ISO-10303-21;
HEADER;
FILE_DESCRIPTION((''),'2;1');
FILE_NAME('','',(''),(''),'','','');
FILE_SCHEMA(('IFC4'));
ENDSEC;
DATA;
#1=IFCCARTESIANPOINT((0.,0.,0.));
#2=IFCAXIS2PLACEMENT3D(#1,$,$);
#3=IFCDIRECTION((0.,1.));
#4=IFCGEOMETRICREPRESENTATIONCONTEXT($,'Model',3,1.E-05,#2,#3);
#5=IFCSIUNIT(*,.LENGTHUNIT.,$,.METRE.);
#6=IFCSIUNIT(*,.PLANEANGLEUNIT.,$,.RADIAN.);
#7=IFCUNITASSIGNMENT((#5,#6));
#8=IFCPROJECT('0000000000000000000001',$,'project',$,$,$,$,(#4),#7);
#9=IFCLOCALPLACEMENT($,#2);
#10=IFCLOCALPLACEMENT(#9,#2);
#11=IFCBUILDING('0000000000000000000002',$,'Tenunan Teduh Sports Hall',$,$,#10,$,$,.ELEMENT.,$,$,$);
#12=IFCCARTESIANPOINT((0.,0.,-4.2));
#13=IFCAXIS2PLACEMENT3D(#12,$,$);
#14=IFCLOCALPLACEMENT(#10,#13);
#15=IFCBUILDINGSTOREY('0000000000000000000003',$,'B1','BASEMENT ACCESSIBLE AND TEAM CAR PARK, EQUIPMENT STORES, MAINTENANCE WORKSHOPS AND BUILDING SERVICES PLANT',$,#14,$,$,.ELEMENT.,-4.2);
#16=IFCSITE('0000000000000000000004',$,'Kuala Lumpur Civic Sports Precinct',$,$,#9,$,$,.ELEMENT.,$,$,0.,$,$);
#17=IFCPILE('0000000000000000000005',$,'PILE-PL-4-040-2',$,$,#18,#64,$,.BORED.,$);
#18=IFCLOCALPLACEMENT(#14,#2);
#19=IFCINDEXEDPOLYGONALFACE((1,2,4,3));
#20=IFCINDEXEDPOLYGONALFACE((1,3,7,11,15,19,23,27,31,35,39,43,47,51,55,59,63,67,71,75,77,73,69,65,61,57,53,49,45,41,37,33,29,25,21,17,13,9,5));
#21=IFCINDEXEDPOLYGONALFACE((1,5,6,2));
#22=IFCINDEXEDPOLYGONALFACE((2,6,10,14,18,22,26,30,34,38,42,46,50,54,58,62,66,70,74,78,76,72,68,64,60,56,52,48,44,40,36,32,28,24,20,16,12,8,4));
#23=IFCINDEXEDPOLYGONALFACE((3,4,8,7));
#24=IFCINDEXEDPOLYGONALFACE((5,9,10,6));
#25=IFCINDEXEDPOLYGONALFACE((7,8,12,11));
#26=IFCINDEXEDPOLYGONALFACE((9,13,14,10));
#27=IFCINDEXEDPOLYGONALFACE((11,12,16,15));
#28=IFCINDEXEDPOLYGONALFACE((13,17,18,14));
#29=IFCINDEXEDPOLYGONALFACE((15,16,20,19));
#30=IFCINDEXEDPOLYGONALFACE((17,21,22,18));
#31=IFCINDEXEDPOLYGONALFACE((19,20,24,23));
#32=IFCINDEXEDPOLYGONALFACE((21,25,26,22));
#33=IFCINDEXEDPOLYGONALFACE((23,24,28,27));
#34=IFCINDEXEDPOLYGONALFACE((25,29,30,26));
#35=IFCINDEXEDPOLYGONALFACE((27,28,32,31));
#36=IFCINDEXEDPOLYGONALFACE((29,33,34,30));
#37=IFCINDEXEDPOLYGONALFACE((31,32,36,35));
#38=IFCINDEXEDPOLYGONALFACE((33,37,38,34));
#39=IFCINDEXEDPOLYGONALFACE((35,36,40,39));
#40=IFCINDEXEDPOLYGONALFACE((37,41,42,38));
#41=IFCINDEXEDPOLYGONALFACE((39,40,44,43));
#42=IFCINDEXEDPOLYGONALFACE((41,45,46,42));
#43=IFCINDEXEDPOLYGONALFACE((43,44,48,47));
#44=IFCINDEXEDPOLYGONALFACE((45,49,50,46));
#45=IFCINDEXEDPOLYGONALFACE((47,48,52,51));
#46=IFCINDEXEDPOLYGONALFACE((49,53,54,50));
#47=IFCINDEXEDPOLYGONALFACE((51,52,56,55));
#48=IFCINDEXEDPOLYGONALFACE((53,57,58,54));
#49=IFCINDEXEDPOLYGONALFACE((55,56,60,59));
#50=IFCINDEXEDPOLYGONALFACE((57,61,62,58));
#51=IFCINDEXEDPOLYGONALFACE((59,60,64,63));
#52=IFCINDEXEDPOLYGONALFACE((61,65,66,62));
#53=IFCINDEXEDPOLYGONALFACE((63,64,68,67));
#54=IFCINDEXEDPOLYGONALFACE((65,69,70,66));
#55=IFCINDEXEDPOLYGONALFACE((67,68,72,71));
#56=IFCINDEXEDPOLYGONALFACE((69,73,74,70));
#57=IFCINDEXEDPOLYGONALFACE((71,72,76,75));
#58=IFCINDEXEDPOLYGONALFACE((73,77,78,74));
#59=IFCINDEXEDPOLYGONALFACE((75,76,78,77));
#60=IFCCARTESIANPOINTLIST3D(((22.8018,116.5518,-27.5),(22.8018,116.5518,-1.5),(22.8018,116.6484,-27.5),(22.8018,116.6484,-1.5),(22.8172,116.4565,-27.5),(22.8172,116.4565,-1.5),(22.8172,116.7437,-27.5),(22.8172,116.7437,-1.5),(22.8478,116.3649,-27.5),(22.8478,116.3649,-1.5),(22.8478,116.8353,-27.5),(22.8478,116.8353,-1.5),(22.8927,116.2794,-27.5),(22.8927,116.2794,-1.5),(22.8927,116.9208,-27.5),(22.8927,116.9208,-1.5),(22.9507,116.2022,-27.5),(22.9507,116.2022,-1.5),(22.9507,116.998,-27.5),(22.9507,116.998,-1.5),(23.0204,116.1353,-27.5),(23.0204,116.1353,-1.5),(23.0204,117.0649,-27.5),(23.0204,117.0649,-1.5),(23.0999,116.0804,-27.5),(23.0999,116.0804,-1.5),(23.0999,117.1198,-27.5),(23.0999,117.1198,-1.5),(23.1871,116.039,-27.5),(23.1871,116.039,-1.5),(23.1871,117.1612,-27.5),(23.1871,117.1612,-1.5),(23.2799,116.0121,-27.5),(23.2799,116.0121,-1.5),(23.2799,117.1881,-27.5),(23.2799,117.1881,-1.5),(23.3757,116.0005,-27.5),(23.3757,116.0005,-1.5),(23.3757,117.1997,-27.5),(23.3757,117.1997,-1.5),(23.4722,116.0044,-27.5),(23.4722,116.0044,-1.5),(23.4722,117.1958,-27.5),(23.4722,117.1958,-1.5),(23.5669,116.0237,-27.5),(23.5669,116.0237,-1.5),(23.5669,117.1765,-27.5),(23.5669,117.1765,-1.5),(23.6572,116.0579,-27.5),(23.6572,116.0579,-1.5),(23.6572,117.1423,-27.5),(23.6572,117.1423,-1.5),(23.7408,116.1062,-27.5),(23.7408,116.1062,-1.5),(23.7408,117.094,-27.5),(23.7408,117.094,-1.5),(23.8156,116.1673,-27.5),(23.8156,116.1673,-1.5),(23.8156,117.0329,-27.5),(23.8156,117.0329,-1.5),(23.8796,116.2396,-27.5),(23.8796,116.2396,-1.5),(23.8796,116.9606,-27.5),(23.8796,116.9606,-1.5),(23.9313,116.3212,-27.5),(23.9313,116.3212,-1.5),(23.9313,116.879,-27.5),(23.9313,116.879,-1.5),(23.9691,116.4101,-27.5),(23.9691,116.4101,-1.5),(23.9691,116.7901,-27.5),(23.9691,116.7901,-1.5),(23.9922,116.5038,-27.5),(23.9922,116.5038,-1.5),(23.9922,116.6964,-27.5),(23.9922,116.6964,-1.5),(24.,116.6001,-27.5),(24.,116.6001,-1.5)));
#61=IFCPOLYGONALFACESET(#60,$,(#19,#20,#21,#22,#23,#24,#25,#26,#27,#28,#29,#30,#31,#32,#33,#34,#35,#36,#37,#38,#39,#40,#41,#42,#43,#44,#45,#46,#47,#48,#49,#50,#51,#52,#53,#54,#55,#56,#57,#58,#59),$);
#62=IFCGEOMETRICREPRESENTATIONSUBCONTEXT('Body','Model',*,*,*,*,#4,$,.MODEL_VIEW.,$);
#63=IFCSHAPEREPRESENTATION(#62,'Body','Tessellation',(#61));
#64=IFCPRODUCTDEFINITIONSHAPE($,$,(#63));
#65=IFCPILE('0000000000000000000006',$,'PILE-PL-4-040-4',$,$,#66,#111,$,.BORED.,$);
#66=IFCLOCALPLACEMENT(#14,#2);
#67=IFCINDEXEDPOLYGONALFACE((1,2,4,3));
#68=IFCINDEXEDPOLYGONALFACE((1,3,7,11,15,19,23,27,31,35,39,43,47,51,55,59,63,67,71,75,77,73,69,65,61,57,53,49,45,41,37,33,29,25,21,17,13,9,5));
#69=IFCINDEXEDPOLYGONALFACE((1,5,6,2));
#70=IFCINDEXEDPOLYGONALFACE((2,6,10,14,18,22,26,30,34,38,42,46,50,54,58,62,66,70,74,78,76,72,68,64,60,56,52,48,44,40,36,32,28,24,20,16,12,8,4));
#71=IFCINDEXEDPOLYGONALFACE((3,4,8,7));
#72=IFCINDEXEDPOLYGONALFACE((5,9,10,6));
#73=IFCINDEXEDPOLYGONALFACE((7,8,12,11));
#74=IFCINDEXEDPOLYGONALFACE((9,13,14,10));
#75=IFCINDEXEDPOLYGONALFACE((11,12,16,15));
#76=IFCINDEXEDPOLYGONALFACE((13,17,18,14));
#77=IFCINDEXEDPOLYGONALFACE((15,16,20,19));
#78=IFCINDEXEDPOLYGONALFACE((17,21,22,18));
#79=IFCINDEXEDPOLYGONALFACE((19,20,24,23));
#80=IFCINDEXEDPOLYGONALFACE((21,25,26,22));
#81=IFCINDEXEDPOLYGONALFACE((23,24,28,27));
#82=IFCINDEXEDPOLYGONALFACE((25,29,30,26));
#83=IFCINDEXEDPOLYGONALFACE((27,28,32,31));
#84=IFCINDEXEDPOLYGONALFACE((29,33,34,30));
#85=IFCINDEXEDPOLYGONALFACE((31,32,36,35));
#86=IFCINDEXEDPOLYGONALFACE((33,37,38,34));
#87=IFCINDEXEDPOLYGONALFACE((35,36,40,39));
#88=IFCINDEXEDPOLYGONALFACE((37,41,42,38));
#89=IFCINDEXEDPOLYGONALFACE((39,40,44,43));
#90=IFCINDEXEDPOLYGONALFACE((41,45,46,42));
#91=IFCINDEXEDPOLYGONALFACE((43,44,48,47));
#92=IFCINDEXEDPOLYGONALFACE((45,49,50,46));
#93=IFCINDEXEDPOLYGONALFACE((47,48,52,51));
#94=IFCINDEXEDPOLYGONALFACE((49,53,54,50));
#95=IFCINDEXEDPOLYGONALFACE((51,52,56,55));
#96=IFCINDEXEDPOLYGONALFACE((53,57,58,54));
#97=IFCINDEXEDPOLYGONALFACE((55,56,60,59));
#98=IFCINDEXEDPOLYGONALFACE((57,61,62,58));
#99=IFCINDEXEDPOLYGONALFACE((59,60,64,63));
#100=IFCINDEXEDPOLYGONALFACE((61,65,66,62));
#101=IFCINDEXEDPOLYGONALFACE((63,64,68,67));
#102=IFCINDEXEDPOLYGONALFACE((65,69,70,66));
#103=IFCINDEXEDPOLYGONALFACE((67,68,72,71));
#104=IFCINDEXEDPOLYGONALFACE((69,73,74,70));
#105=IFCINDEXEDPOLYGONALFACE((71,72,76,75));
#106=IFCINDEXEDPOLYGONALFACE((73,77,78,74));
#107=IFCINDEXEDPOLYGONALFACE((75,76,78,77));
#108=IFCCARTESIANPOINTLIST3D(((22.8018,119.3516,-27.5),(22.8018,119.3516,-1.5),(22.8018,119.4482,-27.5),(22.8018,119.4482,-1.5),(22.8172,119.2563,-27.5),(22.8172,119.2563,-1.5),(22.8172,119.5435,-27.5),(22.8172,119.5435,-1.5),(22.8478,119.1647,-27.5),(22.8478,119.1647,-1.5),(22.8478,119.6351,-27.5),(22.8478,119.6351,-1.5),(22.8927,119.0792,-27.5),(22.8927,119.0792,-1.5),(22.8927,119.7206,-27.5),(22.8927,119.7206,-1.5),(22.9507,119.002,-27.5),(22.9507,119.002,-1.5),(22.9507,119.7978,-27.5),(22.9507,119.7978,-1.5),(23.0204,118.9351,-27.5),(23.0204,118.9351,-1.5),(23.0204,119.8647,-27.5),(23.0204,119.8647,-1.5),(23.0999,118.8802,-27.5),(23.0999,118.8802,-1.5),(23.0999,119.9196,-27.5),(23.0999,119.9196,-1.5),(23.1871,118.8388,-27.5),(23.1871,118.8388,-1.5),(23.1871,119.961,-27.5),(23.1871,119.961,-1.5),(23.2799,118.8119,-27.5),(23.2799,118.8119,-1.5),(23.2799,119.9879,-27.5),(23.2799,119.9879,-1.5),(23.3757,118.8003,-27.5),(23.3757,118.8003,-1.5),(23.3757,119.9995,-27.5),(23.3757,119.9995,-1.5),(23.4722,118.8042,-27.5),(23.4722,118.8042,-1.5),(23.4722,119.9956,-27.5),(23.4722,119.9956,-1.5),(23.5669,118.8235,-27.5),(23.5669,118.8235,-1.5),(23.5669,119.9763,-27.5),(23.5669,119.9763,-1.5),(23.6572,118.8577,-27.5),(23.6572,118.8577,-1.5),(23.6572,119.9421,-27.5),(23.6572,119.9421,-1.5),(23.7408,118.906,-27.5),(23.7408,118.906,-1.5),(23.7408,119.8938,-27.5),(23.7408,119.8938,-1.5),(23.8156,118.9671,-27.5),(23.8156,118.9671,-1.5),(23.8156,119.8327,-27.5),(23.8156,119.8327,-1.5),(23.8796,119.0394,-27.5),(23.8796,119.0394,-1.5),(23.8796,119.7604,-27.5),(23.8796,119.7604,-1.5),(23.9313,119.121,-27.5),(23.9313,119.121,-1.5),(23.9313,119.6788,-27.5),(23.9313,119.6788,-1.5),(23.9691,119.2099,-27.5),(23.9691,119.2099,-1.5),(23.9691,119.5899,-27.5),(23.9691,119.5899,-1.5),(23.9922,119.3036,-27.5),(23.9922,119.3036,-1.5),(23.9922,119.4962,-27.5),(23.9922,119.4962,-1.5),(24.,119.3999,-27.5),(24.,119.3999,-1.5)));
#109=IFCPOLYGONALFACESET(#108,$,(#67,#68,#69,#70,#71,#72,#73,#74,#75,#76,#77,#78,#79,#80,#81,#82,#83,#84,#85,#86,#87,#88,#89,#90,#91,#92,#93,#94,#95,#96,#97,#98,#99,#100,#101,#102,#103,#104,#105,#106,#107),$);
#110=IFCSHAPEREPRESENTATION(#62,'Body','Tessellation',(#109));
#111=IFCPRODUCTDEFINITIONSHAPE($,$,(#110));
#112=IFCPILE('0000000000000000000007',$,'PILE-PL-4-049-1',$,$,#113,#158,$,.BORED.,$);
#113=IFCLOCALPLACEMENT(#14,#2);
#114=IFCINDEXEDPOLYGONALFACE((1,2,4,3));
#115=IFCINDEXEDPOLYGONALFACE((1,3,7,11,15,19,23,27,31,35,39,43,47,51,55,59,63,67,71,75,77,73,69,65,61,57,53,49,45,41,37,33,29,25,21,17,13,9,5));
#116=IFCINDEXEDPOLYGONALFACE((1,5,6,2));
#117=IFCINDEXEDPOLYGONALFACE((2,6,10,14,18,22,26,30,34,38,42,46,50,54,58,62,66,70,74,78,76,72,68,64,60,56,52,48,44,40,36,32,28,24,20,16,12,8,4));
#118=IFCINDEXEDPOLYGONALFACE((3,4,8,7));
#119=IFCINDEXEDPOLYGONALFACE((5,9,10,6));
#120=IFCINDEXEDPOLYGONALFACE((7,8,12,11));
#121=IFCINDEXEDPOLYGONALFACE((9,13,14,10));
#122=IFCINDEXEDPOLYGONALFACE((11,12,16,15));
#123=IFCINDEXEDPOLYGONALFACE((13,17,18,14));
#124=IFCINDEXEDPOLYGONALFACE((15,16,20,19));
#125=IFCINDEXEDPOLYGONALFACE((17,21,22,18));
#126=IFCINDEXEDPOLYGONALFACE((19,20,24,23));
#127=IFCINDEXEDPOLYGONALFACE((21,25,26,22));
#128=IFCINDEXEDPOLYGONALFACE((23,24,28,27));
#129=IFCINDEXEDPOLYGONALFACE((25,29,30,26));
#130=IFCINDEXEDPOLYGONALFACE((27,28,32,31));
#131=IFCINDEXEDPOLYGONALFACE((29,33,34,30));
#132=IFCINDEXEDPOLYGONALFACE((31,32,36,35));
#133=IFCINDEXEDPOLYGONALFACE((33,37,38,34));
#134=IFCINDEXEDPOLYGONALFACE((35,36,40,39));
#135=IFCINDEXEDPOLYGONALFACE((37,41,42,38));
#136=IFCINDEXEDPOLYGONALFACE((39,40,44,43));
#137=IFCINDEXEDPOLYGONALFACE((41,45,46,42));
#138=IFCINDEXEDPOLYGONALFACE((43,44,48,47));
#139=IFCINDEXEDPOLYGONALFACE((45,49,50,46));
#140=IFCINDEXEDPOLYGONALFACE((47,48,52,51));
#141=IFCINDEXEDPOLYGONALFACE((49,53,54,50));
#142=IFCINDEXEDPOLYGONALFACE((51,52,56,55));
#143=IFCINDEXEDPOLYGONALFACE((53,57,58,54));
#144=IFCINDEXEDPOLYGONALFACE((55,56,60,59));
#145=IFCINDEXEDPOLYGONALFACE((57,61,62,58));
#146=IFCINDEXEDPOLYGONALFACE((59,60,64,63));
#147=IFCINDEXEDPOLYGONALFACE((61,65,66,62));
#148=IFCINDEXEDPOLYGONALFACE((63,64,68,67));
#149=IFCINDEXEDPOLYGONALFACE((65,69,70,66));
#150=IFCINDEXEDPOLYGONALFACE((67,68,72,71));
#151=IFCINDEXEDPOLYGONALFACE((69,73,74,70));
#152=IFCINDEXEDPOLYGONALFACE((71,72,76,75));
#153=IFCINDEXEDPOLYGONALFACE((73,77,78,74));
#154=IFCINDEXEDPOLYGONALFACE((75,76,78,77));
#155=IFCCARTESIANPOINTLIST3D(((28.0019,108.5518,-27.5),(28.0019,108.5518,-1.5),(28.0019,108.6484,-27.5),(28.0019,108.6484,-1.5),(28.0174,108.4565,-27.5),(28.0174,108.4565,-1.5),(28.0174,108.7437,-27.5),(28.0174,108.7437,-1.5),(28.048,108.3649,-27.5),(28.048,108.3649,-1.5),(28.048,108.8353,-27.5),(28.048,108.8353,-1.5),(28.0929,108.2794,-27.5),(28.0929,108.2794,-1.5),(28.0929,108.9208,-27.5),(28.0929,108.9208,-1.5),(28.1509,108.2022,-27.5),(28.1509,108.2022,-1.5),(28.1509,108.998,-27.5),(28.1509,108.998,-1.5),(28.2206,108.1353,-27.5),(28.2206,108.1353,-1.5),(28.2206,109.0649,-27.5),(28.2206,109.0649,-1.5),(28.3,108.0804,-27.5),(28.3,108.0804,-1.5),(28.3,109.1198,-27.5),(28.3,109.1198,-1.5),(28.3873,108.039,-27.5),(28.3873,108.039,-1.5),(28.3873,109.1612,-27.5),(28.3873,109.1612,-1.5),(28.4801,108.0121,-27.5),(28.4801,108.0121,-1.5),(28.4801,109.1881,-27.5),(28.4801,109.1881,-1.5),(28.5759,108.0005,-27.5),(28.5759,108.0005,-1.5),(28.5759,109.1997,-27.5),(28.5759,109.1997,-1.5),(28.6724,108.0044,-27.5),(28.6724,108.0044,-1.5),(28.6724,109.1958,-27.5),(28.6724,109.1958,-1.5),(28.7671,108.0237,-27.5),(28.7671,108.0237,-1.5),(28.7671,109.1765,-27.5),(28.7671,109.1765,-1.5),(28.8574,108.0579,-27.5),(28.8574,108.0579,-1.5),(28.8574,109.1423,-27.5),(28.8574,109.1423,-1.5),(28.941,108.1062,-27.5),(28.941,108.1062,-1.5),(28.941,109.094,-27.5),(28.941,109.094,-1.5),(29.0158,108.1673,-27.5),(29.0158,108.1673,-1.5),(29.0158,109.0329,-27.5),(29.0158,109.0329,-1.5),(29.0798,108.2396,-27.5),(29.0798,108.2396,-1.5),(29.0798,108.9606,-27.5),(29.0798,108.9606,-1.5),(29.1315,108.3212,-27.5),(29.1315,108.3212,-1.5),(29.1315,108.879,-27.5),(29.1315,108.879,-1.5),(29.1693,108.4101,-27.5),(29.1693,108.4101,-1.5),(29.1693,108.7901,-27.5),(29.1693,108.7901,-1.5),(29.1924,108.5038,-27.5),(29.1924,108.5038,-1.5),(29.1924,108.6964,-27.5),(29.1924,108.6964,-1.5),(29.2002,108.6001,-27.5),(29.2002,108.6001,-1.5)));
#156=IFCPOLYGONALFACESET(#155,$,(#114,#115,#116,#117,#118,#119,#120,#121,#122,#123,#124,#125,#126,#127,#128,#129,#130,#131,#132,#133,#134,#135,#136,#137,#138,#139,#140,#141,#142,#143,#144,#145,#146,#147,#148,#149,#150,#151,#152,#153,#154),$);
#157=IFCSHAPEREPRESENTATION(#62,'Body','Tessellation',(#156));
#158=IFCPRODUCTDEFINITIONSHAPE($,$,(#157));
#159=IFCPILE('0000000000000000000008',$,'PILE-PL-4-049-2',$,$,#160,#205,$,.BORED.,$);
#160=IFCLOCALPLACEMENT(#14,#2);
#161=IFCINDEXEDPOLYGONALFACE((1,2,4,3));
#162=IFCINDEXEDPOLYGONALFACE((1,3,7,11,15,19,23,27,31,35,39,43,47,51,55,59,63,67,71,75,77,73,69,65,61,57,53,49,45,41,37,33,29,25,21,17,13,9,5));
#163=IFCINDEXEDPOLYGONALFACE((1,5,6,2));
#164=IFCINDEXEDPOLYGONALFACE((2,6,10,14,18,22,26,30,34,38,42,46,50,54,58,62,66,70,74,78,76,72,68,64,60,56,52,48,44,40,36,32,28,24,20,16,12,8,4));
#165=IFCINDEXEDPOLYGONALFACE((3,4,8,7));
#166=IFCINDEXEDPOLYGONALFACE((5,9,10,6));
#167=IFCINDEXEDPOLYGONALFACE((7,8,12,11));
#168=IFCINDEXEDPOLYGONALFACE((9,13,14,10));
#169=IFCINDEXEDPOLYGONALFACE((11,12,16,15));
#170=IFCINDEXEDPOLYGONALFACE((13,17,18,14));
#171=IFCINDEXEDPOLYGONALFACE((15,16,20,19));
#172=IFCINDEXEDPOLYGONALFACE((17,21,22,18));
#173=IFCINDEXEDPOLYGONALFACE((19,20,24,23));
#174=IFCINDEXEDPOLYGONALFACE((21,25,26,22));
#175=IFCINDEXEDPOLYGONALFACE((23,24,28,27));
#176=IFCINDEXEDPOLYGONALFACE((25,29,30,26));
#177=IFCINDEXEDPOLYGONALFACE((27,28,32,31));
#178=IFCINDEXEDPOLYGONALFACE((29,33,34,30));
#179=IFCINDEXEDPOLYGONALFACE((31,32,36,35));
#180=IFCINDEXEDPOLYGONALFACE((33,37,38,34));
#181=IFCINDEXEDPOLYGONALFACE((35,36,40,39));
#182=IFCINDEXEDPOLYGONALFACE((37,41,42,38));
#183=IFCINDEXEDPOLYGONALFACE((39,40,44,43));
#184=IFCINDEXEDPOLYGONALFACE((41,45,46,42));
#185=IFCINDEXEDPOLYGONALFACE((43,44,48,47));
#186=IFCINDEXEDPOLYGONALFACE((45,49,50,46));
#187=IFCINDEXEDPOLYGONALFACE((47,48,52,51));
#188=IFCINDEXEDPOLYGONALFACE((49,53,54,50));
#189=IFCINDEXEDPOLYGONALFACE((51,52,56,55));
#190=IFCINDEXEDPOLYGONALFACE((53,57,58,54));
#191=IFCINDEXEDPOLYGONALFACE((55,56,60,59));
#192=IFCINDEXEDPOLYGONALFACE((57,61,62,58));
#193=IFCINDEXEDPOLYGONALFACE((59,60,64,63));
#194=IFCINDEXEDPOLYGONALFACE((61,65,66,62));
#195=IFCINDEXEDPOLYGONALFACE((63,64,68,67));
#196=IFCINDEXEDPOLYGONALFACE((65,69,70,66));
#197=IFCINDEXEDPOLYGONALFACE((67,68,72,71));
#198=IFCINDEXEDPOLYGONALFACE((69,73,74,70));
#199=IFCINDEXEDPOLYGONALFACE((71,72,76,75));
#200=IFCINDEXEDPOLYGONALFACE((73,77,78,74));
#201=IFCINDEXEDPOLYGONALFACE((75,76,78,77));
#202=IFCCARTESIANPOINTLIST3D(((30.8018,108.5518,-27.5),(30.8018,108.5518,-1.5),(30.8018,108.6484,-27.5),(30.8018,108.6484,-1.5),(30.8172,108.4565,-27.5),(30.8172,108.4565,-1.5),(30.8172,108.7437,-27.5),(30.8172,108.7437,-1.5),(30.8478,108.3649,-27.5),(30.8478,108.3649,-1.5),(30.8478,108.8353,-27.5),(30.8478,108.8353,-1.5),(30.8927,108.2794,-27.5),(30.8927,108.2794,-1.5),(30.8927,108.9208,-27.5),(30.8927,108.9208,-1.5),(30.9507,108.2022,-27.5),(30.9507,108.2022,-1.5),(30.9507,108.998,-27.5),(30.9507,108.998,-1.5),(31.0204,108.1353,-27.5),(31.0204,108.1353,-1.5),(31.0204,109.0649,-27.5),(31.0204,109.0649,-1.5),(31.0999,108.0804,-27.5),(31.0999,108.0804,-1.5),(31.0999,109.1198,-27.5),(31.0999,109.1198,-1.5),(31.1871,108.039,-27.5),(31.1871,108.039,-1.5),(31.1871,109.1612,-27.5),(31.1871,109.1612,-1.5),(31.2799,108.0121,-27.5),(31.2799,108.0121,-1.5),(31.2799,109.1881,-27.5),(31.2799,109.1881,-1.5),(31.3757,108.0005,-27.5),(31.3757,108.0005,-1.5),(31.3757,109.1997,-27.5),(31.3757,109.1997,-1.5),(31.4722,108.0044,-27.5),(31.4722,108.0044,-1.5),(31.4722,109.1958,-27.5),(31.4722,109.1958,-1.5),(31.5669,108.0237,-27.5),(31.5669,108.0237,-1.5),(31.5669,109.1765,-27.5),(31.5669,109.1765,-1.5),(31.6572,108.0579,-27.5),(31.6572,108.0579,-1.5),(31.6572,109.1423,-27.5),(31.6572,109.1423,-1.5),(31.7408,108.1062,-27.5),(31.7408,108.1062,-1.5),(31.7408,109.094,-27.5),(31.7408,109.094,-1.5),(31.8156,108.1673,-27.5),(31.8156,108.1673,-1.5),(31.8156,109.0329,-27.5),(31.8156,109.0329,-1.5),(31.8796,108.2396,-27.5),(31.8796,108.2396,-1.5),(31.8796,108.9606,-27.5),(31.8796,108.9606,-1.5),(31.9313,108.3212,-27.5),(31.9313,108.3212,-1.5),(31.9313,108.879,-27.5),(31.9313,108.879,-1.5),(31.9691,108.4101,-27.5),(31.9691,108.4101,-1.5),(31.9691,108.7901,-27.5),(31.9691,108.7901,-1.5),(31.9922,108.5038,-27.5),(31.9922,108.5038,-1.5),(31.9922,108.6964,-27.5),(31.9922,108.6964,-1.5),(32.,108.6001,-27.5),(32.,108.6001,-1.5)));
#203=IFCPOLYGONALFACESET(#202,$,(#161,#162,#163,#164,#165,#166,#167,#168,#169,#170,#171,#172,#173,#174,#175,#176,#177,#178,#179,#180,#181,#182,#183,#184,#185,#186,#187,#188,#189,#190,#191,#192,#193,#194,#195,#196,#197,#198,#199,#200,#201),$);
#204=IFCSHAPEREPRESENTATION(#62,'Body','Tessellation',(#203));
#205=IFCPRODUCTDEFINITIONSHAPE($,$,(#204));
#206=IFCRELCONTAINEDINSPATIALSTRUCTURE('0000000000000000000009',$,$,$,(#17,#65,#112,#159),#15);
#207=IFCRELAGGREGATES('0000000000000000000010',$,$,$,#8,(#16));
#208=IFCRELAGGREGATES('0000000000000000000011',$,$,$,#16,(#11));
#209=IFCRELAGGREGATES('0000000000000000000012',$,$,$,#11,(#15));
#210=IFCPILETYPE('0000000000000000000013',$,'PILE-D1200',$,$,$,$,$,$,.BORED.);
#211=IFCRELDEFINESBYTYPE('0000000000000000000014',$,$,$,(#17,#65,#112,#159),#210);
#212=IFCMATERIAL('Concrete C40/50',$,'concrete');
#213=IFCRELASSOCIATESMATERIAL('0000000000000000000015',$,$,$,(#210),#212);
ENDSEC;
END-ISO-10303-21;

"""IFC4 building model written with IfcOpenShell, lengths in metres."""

from ifc_helpers import new_model, si_unit, direction, frame, origin, origin_2d, place, context, subcontext, project, spatial, circle, extrude, material, material_profile, profile_set, type_object, element, save


model = new_model("IFC4")

# Units and contexts
model_context = context("Model", 3, precision=1e-05, world=origin(), true_north=direction((0.0, 1.0)))
body_context = subcontext(model_context, "Body", "Model", "MODEL_VIEW")
ifc_project = project(units=[si_unit("LENGTHUNIT", "METRE"), si_unit("PLANEANGLEUNIT", "RADIAN")], contexts=[model_context])

# Site, building, storey
site_placement = place(None, origin())
site = spatial("IfcSite", under=ifc_project, at=site_placement, Name="Kuala Lumpur Civic Sports Precinct", CompositionType="ELEMENT", RefElevation=0.0)
building_placement = place(site_placement, origin())
building = spatial("IfcBuilding", under=site, at=building_placement, Name="Tenunan Teduh Sports Hall", CompositionType="ELEMENT")
storey_placement = place(building_placement, frame((0.0, 0.0, -4.2)))
storey = spatial("IfcBuildingStorey", under=building, at=storey_placement, Name="B1", Description="BASEMENT ACCESSIBLE AND TEAM CAR PARK, EQUIPMENT STORES, MAINTENANCE WORKSHOPS AND BUILDING SERVICES PLANT", CompositionType="ELEMENT", Elevation=-4.2)

# Piles
ifc_material_1 = material(Name="Concrete C40/50", Category="concrete")
ifc_material_profile_1 = material_profile(ifc_material_1, circle(Radius=0.6001, at=origin_2d()), Name="PILE D1200")
ifc_profile_set_1 = profile_set([ifc_material_profile_1], Name="Concrete C40/50")
pile_type = type_object("IfcPileType", Name="PILE-D1200", PredefinedType="BORED", material=ifc_profile_set_1)
for number, where, z_axis, x_axis, name in (
    (1, (23.3999, 116.6001, -1.5), (0.0, 0.0, -1.0), (1.0, 0.0, 0.0), "PILE-PL-4-040-2"),
    (2, (23.3999, 119.3999, -1.5), (0.0, 0.0, -1.0), (1.0, 0.0, 0.0), "PILE-PL-4-040-4"),
    (3, (28.6001, 108.6001, -1.5), (0.0, 0.0, -1.0), (1.0, 0.0, 0.0), "PILE-PL-4-049-1"),
    (4, (31.3999, 108.6001, -1.5), (0.0, 0.0, -1.0), (1.0, 0.0, 0.0), "PILE-PL-4-049-2"),
):
    element("IfcPile", number, at=place(storey_placement, frame(where, z_axis=z_axis, x_axis=x_axis)), inside=storey, type_object=pile_type, Name=name, PredefinedType="BORED", context=body_context, shape_type="SweptSolid", body=[
        extrude(circle(Radius=0.6001, at=origin_2d()), origin(), (0.0, 0.0, 1.0), 26.0),
    ])

save(model, "model.ifc")
